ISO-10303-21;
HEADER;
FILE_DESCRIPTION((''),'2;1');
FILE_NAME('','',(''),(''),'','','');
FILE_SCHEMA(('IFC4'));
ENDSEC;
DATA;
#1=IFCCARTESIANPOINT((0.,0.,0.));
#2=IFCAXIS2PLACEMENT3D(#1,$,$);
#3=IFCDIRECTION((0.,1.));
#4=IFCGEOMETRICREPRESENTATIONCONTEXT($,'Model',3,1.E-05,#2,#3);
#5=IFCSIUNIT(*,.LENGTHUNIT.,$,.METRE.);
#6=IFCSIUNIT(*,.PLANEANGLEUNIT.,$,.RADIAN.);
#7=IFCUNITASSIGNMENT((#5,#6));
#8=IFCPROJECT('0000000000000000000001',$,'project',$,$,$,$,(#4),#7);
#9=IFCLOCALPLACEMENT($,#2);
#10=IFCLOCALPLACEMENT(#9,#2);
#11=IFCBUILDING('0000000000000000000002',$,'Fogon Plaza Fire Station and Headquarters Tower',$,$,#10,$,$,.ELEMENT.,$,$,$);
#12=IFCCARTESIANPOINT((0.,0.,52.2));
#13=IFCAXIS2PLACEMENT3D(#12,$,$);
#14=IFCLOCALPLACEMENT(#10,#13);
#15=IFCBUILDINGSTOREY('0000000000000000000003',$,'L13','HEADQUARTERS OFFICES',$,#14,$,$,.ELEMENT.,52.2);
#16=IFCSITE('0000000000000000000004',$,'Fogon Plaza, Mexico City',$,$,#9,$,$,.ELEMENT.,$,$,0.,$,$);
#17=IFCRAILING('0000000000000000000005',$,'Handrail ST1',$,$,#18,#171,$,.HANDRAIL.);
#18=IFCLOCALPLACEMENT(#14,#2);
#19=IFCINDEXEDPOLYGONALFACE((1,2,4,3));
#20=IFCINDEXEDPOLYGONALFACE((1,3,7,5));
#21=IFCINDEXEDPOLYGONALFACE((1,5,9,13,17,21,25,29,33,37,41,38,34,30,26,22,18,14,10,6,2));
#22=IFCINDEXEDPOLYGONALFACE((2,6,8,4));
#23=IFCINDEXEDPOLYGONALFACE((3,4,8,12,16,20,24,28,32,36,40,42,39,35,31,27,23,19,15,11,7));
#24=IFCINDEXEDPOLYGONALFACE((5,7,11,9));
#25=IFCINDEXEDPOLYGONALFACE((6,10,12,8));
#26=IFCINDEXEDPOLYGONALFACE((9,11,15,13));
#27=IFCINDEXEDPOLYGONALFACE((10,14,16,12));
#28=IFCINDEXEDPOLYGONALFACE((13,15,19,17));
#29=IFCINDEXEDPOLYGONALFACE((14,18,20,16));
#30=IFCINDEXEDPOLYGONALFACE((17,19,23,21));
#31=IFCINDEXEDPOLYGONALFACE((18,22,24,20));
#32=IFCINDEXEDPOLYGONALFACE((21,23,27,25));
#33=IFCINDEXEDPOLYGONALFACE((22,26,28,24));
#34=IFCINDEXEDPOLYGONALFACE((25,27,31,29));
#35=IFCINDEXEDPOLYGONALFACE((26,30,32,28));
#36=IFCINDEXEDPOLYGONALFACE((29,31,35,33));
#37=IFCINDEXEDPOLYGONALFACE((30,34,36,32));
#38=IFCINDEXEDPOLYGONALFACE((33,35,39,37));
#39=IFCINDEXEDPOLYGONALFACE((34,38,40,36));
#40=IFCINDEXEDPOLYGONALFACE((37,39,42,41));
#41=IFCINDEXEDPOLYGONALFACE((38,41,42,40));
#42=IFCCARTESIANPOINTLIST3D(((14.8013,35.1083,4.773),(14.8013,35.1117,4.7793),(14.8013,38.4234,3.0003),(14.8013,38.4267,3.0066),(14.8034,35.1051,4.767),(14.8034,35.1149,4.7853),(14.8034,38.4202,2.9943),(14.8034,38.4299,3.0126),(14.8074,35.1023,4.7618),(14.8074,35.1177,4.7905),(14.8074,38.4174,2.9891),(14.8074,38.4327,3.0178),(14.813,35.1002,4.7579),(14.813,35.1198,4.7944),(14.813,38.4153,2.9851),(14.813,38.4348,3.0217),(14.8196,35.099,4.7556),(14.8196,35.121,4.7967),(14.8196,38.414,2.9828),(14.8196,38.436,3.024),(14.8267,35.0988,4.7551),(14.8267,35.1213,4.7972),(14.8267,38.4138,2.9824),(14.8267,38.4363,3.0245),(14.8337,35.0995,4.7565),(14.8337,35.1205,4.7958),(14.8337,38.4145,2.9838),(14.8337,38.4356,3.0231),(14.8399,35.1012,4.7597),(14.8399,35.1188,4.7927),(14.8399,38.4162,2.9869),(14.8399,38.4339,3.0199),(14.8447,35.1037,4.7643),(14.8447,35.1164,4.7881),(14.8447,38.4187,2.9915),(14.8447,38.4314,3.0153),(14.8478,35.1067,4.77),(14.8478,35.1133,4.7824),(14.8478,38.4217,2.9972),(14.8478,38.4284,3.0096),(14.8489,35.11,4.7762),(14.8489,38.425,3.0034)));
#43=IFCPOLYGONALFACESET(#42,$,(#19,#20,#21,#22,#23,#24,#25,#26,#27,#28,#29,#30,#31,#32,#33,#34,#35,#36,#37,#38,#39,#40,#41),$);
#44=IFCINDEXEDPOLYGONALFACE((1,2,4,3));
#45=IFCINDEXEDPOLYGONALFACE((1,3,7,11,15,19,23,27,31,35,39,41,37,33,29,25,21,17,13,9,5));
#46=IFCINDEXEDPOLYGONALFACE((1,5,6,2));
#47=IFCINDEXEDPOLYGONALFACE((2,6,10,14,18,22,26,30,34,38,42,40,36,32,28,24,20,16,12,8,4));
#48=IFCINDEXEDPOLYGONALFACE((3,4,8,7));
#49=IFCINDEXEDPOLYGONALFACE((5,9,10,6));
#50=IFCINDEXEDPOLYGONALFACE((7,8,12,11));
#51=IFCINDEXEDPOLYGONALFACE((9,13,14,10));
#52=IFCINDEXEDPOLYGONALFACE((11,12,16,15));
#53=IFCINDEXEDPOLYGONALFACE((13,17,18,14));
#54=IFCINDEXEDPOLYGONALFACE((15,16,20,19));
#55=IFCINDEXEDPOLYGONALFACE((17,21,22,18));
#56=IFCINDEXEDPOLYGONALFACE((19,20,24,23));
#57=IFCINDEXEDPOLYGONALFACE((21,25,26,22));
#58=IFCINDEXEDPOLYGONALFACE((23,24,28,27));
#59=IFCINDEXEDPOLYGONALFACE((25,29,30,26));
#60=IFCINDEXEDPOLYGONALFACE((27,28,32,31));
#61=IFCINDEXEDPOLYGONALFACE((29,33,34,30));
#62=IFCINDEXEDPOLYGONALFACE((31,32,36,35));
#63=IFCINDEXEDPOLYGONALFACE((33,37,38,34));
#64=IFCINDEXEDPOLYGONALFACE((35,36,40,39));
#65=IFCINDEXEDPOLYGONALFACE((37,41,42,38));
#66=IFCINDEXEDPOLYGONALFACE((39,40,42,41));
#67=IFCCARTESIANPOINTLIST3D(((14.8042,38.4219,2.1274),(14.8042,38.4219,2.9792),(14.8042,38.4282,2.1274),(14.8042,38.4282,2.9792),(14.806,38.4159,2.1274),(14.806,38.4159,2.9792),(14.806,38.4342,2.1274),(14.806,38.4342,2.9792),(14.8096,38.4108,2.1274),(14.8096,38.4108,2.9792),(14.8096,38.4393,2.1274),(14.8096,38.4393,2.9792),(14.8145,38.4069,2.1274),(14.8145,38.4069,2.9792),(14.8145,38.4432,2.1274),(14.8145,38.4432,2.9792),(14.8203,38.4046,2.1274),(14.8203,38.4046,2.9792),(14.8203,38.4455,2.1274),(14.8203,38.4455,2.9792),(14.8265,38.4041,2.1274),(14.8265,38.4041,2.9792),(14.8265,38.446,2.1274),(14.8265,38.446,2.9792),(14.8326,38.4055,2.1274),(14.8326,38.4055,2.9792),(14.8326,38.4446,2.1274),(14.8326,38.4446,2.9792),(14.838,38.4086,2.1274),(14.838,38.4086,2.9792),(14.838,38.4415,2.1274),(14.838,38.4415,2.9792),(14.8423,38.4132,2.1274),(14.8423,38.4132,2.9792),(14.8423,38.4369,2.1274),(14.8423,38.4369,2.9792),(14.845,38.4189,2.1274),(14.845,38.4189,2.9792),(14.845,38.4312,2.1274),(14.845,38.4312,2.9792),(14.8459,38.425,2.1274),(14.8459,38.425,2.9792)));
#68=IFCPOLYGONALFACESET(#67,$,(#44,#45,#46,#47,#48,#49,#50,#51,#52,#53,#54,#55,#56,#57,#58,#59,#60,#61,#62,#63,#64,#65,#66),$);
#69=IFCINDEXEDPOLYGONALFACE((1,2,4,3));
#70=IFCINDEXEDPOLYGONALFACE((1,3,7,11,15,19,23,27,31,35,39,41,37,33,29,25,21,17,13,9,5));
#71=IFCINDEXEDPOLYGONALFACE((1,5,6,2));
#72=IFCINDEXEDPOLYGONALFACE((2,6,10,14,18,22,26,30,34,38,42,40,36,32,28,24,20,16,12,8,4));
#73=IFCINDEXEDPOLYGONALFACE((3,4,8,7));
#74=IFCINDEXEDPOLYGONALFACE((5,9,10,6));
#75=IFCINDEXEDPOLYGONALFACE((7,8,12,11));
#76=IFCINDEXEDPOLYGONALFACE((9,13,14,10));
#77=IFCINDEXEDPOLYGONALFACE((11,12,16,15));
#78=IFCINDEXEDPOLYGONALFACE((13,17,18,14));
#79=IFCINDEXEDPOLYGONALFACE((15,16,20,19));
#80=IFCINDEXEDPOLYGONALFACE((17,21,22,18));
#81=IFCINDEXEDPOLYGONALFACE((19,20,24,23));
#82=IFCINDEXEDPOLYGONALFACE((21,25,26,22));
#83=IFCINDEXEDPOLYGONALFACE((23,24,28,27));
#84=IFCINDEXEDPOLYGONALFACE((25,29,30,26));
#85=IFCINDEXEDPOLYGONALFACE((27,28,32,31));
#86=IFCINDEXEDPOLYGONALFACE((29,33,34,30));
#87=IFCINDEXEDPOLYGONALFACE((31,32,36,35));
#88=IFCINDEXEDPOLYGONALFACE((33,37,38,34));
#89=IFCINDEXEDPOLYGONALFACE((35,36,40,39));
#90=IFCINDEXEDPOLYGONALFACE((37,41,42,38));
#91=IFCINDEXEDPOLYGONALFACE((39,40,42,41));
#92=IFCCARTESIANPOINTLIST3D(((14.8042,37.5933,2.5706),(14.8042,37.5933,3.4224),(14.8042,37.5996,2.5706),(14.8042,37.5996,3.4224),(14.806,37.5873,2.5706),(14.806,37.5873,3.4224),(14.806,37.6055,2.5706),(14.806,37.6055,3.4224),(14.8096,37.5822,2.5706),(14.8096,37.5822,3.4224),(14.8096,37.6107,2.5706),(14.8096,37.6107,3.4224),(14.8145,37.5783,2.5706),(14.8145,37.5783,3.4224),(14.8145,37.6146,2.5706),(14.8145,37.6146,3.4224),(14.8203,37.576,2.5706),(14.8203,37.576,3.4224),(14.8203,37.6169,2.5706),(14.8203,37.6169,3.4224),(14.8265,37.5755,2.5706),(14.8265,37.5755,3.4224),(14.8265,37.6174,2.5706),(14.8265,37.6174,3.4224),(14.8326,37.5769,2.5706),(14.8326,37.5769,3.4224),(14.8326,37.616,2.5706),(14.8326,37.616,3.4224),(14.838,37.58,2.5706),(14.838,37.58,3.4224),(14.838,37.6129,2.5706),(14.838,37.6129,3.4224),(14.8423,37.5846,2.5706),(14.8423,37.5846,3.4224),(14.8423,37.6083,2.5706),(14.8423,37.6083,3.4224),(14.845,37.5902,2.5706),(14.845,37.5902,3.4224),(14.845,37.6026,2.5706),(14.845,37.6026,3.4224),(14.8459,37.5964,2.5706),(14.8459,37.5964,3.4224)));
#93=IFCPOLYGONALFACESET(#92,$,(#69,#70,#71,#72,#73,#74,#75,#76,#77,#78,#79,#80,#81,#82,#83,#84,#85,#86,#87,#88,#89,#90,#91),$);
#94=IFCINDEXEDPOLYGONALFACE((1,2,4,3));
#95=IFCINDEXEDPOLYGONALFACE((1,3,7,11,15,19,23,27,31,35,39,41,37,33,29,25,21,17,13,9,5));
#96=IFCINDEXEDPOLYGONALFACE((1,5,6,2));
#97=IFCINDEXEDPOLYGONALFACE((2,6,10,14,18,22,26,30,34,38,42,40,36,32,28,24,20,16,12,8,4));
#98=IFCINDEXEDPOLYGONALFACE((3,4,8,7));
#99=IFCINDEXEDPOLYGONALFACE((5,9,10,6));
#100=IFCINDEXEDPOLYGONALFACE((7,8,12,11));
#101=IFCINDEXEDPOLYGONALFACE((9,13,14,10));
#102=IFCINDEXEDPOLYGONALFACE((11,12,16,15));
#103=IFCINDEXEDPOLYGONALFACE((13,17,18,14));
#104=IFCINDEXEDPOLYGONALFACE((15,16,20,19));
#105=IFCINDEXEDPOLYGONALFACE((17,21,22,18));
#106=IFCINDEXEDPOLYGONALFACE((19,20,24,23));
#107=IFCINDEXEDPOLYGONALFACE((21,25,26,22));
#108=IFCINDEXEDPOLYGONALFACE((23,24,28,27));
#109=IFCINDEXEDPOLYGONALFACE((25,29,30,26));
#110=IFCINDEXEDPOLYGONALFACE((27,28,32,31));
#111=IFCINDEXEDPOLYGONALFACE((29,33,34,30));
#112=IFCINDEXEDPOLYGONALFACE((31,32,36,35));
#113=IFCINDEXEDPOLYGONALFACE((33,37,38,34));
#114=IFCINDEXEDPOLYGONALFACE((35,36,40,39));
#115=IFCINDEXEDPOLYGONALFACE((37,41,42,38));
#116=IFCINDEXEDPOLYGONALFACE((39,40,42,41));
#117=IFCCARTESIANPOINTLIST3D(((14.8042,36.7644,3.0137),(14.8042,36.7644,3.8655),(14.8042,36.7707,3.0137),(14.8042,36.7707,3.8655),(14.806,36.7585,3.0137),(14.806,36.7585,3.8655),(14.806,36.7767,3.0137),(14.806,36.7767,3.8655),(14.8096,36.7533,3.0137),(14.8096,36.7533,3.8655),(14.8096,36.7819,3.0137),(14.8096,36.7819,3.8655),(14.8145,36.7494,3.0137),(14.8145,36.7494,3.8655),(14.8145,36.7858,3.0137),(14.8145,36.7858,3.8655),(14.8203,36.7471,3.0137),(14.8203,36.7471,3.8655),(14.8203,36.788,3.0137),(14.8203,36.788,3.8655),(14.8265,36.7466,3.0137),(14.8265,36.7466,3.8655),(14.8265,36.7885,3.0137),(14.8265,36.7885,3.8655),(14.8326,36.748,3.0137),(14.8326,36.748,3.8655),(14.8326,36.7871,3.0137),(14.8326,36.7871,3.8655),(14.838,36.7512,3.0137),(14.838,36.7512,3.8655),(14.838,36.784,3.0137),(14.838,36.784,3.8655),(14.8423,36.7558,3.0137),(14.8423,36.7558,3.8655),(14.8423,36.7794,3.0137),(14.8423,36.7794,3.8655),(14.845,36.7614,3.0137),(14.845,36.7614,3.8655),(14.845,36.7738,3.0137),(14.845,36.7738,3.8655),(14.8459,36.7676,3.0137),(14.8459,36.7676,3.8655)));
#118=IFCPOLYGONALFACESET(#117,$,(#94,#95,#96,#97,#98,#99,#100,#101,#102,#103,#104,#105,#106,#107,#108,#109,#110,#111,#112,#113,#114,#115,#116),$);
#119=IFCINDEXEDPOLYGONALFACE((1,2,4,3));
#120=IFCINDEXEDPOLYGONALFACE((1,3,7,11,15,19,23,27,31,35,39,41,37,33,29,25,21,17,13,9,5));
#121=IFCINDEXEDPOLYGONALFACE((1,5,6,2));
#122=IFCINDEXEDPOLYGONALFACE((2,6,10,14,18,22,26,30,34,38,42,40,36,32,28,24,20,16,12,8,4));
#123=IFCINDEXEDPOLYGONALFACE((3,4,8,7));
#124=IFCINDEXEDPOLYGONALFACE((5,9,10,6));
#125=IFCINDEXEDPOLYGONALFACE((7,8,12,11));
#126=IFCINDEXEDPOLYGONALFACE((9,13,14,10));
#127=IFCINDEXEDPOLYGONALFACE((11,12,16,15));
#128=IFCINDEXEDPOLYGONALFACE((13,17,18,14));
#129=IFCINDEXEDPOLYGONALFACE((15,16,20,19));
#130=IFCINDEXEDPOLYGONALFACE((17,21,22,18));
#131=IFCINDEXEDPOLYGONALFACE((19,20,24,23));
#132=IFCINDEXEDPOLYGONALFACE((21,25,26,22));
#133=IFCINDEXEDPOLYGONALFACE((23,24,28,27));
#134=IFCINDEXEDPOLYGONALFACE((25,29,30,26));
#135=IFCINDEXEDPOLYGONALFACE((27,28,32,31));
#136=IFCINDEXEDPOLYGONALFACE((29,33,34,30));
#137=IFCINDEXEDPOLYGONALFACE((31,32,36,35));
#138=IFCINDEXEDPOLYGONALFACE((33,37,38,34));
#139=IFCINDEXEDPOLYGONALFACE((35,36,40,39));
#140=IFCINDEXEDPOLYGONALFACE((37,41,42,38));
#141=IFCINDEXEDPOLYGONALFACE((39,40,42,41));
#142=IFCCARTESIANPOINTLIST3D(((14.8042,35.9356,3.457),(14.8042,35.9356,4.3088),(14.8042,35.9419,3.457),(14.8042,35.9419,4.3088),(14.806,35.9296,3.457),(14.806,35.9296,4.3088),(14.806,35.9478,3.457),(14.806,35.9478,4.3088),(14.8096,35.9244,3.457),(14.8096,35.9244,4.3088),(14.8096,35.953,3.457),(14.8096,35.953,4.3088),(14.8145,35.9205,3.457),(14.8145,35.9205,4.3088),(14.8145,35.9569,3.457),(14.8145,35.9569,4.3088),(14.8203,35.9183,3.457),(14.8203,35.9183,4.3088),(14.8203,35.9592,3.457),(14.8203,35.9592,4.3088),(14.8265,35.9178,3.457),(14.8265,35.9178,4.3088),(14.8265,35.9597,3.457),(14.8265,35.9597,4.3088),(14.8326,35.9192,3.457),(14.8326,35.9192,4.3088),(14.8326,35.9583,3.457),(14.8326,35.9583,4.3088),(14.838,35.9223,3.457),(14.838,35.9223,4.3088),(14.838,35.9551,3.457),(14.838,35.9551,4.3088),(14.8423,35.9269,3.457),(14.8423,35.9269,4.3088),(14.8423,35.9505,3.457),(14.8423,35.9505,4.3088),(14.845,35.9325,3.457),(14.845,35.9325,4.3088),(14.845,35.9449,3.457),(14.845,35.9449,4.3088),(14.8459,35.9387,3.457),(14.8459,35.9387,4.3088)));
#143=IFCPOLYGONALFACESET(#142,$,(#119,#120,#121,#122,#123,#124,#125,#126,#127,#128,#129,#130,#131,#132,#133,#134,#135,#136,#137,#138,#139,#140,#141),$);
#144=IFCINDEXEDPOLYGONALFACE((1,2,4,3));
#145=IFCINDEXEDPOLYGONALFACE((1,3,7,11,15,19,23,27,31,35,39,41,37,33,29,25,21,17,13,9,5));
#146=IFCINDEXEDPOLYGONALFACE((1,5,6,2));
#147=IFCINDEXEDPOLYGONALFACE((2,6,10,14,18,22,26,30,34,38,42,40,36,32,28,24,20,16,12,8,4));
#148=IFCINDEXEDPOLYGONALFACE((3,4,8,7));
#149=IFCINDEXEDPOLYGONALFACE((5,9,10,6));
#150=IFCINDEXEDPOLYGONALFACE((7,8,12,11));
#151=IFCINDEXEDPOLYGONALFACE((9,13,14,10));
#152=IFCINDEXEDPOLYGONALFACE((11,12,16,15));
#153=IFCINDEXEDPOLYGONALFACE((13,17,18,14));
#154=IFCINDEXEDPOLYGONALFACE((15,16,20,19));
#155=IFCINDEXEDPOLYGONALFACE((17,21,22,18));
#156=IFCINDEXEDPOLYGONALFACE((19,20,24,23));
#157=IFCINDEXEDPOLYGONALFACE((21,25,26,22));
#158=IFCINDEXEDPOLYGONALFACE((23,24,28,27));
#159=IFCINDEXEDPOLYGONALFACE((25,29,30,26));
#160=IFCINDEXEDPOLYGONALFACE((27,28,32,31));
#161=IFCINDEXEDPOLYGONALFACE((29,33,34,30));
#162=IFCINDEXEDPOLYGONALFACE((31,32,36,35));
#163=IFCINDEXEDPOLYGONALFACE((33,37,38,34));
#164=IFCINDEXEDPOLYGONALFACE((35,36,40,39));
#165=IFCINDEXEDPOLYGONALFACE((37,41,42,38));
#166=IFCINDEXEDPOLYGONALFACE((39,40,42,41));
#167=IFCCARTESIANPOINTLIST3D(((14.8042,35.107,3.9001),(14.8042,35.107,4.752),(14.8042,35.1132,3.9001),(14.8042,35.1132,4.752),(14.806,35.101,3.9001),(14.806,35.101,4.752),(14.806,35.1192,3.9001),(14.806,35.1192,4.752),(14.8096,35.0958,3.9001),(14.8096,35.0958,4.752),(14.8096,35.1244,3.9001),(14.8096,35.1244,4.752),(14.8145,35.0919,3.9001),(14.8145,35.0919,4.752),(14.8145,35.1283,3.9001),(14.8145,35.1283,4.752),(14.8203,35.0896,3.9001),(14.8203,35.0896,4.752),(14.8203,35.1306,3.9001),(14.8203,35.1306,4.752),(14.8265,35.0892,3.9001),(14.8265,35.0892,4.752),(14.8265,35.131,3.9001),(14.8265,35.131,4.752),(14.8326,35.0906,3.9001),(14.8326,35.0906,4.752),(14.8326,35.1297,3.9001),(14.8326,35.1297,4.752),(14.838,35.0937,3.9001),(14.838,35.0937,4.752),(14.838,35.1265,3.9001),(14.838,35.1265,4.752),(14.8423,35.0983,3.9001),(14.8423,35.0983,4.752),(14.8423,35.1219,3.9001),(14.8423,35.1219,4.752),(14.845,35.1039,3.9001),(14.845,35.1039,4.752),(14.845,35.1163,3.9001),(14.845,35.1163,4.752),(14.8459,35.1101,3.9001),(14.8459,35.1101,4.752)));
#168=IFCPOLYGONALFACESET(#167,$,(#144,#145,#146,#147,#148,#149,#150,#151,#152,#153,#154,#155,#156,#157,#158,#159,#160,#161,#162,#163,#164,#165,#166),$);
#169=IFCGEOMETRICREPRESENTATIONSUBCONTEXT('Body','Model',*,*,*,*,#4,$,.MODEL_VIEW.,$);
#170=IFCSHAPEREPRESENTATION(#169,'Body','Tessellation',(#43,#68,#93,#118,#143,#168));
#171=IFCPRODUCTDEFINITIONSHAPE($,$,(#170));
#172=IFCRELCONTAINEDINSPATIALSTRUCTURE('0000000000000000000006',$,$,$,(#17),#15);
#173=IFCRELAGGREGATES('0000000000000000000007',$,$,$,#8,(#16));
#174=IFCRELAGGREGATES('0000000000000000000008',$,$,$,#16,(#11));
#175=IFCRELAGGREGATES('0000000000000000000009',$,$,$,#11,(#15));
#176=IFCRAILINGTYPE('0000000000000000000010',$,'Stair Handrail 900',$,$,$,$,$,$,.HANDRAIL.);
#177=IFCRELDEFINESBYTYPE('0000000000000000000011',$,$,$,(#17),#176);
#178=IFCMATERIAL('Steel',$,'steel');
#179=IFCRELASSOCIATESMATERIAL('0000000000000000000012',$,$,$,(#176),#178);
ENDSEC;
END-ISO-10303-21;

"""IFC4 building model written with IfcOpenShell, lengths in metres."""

from ifc_helpers import new_model, si_unit, direction, frame, origin, origin_2d, place, context, subcontext, project, spatial, circle, extrude, material, type_object, element, save


model = new_model("IFC4")

# Units and contexts
model_context = context("Model", 3, precision=1e-05, world=origin(), true_north=direction((0.0, 1.0)))
body_context = subcontext(model_context, "Body", "Model", "MODEL_VIEW")
ifc_project = project(units=[si_unit("LENGTHUNIT", "METRE"), si_unit("PLANEANGLEUNIT", "RADIAN")], contexts=[model_context])

# Site, building, storey
site_placement = place(None, origin())
site = spatial("IfcSite", under=ifc_project, at=site_placement, Name="Fogon Plaza, Mexico City", CompositionType="ELEMENT", RefElevation=0.0)
building_placement = place(site_placement, origin())
building = spatial("IfcBuilding", under=site, at=building_placement, Name="Fogon Plaza Fire Station and Headquarters Tower", CompositionType="ELEMENT")
storey_placement = place(building_placement, frame((0.0, 0.0, 52.2)))
storey = spatial("IfcBuildingStorey", under=building, at=storey_placement, Name="L13", Description="HEADQUARTERS OFFICES", CompositionType="ELEMENT", Elevation=52.2)

# Railing
ifc_material_1 = material(Name="Steel", Category="steel")
railing_type = type_object("IfcRailingType", Name="Stair Handrail 900", PredefinedType="HANDRAIL", material=ifc_material_1)
for number, where, name in (
    (1, (14.825, 38.425, 2.1274), "Handrail ST1"),
):
    element("IfcRailing", number, at=place(storey_placement, frame(where)), inside=storey, type_object=railing_type, Name=name, PredefinedType="HANDRAIL", context=body_context, shape_type="SweptSolid", body=[
        extrude(circle(Radius=0.0239, at=origin_2d()), frame((0.0, 0.0, 0.876), z_axis=(0.0, -0.881829, 0.471569), x_axis=(1.0, 0.0, 0.0)), (0.0, 0.0, 1.0), 3.7593),
        extrude(circle(Radius=0.021, at=origin_2d()), origin(), (0.0, 0.0, 1.0), 0.8518),
        extrude(circle(Radius=0.021, at=origin_2d()), frame((0.0, -0.8286, 0.4431)), (0.0, 0.0, 1.0), 0.8518),
        extrude(circle(Radius=0.021, at=origin_2d()), frame((0.0, -1.6575, 0.8862)), (0.0, 0.0, 1.0), 0.8518),
        extrude(circle(Radius=0.021, at=origin_2d()), frame((0.0, -2.4863, 1.3296)), (0.0, 0.0, 1.0), 0.8518),
        extrude(circle(Radius=0.021, at=origin_2d()), frame((0.0, -3.3149, 1.7727)), (0.0, 0.0, 1.0), 0.8518),
    ])

save(model, "model.ifc")
